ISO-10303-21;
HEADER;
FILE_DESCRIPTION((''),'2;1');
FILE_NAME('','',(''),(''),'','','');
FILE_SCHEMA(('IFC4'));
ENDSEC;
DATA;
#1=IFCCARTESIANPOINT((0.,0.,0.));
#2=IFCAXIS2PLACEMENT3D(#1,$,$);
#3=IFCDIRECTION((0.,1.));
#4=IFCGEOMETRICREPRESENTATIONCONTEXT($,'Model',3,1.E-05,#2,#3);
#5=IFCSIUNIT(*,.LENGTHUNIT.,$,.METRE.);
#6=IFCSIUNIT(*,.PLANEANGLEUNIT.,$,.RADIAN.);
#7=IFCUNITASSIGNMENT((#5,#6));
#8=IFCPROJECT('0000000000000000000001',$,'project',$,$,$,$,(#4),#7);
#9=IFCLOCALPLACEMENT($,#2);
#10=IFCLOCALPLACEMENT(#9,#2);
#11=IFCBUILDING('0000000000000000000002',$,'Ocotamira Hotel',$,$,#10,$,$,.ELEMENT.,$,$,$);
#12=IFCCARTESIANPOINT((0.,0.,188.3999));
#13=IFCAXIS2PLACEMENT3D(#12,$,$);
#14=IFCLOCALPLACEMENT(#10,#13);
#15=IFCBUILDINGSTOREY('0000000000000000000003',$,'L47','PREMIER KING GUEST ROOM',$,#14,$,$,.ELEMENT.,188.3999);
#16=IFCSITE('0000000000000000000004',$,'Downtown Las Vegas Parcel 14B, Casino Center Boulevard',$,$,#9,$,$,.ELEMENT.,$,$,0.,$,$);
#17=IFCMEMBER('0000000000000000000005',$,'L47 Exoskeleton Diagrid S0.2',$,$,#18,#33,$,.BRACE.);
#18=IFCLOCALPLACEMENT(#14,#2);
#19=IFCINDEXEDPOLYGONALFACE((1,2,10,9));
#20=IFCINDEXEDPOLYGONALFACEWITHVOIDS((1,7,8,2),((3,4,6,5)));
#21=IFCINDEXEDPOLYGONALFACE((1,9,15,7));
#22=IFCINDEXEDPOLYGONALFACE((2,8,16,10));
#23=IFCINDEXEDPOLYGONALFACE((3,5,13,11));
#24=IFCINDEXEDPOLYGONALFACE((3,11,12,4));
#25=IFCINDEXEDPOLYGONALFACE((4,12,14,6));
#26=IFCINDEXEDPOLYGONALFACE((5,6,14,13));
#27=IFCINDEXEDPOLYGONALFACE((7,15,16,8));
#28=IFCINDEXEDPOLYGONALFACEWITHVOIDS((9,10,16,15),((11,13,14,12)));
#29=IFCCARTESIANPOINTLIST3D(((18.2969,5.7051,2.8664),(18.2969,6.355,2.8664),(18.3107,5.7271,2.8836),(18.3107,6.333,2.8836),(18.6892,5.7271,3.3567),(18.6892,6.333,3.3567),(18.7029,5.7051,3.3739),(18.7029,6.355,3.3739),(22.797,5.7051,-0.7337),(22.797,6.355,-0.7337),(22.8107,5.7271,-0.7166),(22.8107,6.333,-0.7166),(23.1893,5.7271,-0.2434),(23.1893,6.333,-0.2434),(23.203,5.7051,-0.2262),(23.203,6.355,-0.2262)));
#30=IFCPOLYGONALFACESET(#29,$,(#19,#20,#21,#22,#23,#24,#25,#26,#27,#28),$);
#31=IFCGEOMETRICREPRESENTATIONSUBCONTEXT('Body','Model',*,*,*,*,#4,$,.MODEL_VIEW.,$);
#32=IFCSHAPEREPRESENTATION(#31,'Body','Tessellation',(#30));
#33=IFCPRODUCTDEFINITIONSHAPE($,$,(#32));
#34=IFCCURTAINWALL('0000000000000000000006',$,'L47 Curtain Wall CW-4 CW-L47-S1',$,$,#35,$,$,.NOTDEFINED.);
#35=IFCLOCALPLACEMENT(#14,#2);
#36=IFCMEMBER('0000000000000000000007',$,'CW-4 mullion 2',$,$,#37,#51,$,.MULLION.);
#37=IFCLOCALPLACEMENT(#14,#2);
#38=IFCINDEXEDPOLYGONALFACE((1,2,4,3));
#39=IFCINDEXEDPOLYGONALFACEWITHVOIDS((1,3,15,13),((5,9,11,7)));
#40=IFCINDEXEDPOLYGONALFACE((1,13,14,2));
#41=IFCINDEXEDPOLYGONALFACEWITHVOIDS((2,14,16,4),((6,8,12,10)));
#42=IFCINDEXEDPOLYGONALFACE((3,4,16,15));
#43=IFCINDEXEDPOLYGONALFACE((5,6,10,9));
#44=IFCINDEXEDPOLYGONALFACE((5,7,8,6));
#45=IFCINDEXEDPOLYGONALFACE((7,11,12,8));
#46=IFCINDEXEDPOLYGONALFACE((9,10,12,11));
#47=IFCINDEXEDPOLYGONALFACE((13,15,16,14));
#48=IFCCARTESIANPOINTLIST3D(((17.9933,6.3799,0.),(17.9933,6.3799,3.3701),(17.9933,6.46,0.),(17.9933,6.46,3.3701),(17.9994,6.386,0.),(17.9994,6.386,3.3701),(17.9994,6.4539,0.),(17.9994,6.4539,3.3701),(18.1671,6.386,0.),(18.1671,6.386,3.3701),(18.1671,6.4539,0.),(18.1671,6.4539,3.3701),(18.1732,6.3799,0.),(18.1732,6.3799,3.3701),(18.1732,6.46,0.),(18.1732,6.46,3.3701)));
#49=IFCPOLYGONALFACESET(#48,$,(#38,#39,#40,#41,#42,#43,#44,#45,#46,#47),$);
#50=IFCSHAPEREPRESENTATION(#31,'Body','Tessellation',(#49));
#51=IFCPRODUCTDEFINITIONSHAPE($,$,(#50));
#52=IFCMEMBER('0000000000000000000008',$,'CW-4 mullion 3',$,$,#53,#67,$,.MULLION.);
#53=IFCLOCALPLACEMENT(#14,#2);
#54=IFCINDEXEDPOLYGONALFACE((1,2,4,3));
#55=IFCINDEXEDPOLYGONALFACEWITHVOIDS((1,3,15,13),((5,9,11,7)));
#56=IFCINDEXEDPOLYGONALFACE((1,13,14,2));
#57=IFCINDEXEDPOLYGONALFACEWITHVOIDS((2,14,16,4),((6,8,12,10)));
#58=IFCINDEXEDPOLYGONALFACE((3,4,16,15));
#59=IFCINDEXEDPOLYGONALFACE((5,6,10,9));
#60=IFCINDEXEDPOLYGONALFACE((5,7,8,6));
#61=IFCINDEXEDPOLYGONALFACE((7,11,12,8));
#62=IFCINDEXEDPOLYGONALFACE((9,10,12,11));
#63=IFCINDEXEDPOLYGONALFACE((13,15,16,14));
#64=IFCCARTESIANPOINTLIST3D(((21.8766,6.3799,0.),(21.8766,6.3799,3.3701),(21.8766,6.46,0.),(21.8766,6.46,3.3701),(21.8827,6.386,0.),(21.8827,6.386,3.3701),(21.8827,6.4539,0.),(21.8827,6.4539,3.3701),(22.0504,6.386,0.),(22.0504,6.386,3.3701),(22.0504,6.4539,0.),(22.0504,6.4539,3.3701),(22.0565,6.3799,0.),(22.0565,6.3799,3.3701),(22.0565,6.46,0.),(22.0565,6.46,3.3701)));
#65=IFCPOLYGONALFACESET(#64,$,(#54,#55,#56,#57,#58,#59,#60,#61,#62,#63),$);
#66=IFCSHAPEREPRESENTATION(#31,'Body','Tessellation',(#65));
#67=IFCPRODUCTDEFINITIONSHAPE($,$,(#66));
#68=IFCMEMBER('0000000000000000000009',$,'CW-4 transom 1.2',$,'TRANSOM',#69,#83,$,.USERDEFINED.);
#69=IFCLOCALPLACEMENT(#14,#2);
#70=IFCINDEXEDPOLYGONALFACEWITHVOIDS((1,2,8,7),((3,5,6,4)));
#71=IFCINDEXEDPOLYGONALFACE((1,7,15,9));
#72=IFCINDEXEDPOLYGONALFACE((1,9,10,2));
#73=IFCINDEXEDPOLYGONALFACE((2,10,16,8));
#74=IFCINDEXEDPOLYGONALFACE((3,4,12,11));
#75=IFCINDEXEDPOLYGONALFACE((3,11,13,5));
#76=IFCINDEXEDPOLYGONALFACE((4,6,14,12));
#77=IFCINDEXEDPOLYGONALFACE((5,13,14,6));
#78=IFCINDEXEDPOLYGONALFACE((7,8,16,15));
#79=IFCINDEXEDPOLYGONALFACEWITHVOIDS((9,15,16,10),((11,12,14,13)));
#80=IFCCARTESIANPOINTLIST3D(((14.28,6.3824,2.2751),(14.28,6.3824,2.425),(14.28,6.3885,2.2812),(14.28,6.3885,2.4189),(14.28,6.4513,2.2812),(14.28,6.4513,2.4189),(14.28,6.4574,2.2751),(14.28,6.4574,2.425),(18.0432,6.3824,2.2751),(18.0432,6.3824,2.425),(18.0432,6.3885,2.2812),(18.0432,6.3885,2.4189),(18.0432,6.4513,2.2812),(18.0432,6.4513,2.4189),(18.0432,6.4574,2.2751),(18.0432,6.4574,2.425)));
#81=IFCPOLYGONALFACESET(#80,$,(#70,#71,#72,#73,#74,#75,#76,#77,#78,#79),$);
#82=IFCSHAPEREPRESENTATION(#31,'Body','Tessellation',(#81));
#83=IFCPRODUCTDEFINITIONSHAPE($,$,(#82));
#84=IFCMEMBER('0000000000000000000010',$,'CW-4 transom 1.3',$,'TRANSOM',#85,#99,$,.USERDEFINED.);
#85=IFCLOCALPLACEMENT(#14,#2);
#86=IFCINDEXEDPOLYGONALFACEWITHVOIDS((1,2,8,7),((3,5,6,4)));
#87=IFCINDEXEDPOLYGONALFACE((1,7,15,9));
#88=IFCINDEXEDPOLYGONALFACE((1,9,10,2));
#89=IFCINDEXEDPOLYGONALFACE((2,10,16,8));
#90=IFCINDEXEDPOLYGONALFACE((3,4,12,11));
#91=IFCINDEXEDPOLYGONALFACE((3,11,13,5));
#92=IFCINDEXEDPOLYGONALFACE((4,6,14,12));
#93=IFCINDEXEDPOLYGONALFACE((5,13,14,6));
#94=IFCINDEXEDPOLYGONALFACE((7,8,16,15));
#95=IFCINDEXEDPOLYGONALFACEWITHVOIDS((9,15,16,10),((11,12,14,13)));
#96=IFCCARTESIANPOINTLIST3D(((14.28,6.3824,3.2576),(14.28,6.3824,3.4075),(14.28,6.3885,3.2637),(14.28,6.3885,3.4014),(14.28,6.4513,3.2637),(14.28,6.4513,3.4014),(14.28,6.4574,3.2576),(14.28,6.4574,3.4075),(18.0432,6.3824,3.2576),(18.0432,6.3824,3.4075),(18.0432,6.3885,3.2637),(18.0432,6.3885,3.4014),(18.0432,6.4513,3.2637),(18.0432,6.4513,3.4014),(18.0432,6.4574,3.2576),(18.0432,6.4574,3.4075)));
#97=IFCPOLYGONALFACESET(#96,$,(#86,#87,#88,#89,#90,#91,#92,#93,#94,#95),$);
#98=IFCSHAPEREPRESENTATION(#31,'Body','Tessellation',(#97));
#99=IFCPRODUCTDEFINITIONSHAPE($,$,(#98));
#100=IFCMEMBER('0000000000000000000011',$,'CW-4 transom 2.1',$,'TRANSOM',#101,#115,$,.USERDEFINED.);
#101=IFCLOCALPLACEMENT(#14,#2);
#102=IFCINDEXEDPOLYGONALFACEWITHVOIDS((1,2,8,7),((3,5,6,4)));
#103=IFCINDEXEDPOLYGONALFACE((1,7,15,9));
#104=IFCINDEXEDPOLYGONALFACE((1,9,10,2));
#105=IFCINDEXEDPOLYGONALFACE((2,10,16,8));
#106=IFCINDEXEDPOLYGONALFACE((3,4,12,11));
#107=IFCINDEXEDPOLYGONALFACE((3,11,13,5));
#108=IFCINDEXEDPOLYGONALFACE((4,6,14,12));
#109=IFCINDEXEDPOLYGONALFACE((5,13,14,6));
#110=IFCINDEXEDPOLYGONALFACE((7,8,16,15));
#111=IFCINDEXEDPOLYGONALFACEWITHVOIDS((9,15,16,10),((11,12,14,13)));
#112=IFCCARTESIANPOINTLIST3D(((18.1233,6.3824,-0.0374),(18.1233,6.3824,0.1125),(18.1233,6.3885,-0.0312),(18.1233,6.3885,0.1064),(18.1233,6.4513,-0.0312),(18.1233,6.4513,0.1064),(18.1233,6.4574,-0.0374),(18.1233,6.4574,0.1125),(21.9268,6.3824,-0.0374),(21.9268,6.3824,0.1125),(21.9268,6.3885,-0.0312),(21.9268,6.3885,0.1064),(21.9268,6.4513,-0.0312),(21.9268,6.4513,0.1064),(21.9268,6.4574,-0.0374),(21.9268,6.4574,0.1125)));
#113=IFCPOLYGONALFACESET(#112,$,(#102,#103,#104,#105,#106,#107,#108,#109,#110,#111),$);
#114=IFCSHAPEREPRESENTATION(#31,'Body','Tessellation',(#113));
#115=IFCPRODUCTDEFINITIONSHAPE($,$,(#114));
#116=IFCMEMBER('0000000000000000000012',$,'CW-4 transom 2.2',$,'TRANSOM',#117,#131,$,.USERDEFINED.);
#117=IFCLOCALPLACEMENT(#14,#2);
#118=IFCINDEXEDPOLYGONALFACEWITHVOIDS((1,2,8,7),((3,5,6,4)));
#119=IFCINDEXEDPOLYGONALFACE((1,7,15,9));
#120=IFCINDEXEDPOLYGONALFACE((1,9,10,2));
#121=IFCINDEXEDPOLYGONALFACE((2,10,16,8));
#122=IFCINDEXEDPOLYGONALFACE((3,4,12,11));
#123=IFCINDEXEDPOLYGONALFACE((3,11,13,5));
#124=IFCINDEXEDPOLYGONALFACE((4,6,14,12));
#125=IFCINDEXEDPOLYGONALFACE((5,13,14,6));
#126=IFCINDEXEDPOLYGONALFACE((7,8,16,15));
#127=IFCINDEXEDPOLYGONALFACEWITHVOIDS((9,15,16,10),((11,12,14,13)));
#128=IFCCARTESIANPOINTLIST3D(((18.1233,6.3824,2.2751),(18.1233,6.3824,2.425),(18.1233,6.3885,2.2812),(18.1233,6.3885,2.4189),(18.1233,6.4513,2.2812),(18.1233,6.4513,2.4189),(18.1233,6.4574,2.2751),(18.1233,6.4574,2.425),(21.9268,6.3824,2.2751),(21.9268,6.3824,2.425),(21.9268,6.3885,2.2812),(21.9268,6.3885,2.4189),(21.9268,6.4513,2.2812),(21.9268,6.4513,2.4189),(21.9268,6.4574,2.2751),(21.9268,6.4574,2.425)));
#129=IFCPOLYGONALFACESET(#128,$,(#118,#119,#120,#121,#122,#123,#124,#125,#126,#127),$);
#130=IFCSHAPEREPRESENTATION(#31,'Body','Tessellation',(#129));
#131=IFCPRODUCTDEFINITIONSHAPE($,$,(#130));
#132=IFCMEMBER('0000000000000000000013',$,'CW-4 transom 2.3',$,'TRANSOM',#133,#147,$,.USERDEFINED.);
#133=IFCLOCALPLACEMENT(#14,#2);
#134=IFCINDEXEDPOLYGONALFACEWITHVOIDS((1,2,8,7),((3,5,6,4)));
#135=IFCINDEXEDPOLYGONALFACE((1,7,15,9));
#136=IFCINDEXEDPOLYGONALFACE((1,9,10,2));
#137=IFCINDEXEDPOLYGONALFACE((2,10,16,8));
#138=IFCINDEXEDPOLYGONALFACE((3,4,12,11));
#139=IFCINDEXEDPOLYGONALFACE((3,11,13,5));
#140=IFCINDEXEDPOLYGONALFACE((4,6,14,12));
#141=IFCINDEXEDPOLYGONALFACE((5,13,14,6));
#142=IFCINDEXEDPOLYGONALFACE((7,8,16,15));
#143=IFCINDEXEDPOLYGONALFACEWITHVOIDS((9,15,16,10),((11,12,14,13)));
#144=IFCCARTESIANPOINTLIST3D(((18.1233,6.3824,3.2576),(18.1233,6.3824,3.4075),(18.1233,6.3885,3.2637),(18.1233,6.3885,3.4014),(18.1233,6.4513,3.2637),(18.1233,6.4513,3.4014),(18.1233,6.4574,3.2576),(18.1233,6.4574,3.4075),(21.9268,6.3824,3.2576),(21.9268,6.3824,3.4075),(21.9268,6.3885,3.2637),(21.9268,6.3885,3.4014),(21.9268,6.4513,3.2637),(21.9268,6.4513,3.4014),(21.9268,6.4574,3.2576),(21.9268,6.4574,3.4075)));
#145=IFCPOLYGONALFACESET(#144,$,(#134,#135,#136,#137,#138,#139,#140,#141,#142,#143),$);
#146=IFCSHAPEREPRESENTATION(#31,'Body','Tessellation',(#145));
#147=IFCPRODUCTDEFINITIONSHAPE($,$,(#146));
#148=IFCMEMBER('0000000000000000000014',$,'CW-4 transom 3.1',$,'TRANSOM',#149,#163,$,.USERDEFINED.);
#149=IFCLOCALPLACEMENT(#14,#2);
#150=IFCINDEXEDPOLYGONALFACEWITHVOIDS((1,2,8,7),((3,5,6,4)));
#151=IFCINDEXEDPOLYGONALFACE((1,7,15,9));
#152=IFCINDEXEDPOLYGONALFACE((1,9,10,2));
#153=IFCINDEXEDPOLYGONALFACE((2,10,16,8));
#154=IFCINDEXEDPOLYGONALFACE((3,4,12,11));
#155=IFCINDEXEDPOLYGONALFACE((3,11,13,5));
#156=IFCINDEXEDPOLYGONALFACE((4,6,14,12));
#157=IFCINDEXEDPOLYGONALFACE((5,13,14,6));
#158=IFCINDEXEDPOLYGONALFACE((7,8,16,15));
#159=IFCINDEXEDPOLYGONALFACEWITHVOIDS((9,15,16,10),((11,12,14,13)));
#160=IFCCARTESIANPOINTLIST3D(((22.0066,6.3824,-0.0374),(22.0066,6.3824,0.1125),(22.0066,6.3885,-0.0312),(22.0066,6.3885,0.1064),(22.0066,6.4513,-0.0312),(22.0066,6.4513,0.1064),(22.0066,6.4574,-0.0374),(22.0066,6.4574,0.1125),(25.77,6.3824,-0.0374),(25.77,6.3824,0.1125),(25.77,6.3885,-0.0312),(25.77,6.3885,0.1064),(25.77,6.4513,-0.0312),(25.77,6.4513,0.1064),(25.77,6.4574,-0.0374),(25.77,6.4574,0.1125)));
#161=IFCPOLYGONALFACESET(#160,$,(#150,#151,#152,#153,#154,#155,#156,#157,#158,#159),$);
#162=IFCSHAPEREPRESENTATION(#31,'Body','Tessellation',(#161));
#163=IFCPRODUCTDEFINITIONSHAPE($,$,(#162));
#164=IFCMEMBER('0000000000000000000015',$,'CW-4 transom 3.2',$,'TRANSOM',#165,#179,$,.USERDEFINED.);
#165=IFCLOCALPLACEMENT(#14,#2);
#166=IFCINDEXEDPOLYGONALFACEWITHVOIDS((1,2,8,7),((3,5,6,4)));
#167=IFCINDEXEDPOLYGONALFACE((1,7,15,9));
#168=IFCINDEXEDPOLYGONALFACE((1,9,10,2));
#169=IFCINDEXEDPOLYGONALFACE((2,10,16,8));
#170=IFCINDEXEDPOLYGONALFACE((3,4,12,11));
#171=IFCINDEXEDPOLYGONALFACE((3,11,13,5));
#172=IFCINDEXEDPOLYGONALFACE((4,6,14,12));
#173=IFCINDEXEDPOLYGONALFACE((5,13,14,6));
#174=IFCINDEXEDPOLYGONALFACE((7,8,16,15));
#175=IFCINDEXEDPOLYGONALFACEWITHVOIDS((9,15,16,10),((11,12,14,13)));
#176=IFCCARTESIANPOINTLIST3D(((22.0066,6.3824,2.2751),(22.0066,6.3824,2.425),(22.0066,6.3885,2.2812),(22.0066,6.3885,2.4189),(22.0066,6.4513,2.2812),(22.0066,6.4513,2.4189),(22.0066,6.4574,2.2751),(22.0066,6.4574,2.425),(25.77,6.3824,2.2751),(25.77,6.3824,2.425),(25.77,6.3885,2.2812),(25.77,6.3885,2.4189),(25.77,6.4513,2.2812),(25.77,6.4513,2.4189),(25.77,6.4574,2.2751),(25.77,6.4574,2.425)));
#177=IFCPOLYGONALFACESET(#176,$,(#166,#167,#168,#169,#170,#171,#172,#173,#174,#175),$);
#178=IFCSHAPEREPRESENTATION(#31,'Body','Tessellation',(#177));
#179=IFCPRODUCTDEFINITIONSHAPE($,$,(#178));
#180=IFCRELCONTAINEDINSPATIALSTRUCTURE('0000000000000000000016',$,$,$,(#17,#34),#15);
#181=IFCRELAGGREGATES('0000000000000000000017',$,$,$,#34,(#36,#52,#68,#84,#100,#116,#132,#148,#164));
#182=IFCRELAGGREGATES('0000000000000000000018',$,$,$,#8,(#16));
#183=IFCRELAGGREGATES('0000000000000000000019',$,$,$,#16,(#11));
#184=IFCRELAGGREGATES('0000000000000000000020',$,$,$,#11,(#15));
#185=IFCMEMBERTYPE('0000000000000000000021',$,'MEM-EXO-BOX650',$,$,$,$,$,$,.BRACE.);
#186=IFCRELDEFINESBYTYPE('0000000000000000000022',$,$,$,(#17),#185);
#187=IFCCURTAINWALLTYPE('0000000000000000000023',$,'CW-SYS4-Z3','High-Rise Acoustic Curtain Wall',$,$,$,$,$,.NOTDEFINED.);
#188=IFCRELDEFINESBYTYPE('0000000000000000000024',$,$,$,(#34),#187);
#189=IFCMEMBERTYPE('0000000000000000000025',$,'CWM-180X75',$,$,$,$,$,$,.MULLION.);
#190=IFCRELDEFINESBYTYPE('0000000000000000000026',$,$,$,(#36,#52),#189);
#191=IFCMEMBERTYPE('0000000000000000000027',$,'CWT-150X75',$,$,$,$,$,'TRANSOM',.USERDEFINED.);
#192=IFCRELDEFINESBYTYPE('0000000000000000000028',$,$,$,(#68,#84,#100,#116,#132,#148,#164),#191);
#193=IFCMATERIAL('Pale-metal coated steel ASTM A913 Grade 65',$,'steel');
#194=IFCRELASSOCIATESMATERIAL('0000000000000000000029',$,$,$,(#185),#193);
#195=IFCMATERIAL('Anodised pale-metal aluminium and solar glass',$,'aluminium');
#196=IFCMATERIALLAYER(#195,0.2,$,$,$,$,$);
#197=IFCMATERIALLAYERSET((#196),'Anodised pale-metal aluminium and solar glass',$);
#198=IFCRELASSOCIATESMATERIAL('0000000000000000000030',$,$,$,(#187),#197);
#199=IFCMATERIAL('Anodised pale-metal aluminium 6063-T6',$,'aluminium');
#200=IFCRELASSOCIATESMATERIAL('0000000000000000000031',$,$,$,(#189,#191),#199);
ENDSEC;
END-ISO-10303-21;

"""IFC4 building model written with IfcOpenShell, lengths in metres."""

from ifc_helpers import new_model, si_unit, direction, frame, origin, origin_2d, place, context, subcontext, project, spatial, hollow_rectangle, extrude, source, transform, mapped, material, layer, layer_set, material_profile, profile_set, type_object, element, aggregate, save


model = new_model("IFC4")

# Units and contexts
model_context = context("Model", 3, precision=1e-05, world=origin(), true_north=direction((0.0, 1.0)))
body_context = subcontext(model_context, "Body", "Model", "MODEL_VIEW")
ifc_project = project(units=[si_unit("LENGTHUNIT", "METRE"), si_unit("PLANEANGLEUNIT", "RADIAN")], contexts=[model_context])

# Site, building, storey
site_placement = place(None, origin())
site = spatial("IfcSite", under=ifc_project, at=site_placement, Name="Downtown Las Vegas Parcel 14B, Casino Center Boulevard", CompositionType="ELEMENT", RefElevation=0.0)
building_placement = place(site_placement, origin())
building = spatial("IfcBuilding", under=site, at=building_placement, Name="Ocotamira Hotel", CompositionType="ELEMENT")
storey_placement = place(building_placement, frame((0.0, 0.0, 188.3999)))
storey = spatial("IfcBuildingStorey", under=building, at=storey_placement, Name="L47", Description="PREMIER KING GUEST ROOM", CompositionType="ELEMENT", Elevation=188.3999)

# Member
ifc_material_1 = material(Name="Pale-metal coated steel ASTM A913 Grade 65", Category="steel")
ifc_material_profile_1 = material_profile(ifc_material_1, hollow_rectangle(XDim=0.6499, YDim=0.6499, WallThickness=0.022, at=origin_2d()), Name="BOX650X650X22")
ifc_profile_set_1 = profile_set([ifc_material_profile_1], Name="Pale-metal coated steel ASTM A913 Grade 65")
member_type_1 = type_object("IfcMemberType", Name="MEM-EXO-BOX650", PredefinedType="BRACE", material=ifc_profile_set_1)
shared_shape_1 = source(origin(), body_context, "Body", "SweptSolid", [
    extrude(hollow_rectangle(XDim=0.6499, YDim=0.6499, WallThickness=0.022, at=origin_2d()), origin(), (0.0, 0.0, 1.0), 5.7629),
])
member_1_placement = place(storey_placement, frame((23.0, 6.03, -0.48), z_axis=(-0.780861, 0.0, 0.624705), x_axis=(0.0, -1.0, 0.0)))
element("IfcMember", 1, at=member_1_placement, inside=storey, type_object=member_type_1, Name="L47 Exoskeleton Diagrid S0.2", PredefinedType="BRACE", context=body_context, shape_type="MappedRepresentation", body=[
    mapped(shared_shape_1, transform((0.0, 0.0, 0.0), scale=1.0)),
])

# Curtain wall, members
ifc_material_2 = material(Name="Anodised pale-metal aluminium and solar glass", Category="aluminium")
ifc_layer_1 = layer(ifc_material_2, 0.2)
ifc_layer_set_1 = layer_set([ifc_layer_1], Name="Anodised pale-metal aluminium and solar glass")
curtain_wall_type = type_object("IfcCurtainWallType", Name="CW-SYS4-Z3", Description="High-Rise Acoustic Curtain Wall", PredefinedType="NOTDEFINED", material=ifc_layer_set_1)
curtain_wall_placement = place(storey_placement, origin())
curtain_wall = element("IfcCurtainWall", 2, at=curtain_wall_placement, inside=storey, type_object=curtain_wall_type, Name="L47 Curtain Wall CW-4 CW-L47-S1", PredefinedType="NOTDEFINED")
ifc_material_3 = material(Name="Anodised pale-metal aluminium 6063-T6", Category="aluminium")
ifc_material_profile_2 = material_profile(ifc_material_3, hollow_rectangle(XDim=0.0801, YDim=0.1799, WallThickness=0.0061, at=origin_2d()), Name="HSS180X80X6")
ifc_profile_set_2 = profile_set([ifc_material_profile_2], Name="Anodised pale-metal aluminium 6063-T6")
member_type_2 = type_object("IfcMemberType", Name="CWM-180X75", PredefinedType="MULLION", material=ifc_profile_set_2)
shared_shape_2 = source(origin(), body_context, "Body", "SweptSolid", [
    extrude(hollow_rectangle(XDim=0.0801, YDim=0.1799, WallThickness=0.0061, at=origin_2d()), origin(), (0.0, 0.0, 1.0), 3.3701),
])
member_2_placement = place(storey_placement, frame((18.0833, 6.4199, 0.0), z_axis=(0.0, 0.0, 1.0), x_axis=(0.0, 1.0, 0.0)))
member_2 = element("IfcMember", 3, at=member_2_placement, type_object=member_type_2, Name="CW-4 mullion 2", PredefinedType="MULLION", context=body_context, shape_type="MappedRepresentation", body=[
    mapped(shared_shape_2, transform((0.0, 0.0, 0.0), scale=1.0)),
])
member_3_placement = place(storey_placement, frame((21.9666, 6.4199, 0.0), z_axis=(0.0, 0.0, 1.0), x_axis=(0.0, 1.0, 0.0)))
member_3 = element("IfcMember", 4, at=member_3_placement, type_object=member_type_2, Name="CW-4 mullion 3", PredefinedType="MULLION", context=body_context, shape_type="MappedRepresentation", body=[
    mapped(shared_shape_2, transform((0.0, 0.0, 0.0), scale=1.0)),
])
ifc_material_profile_3 = material_profile(ifc_material_3, hollow_rectangle(XDim=0.075, YDim=0.1499, WallThickness=0.0061, at=origin_2d()), Name="HSS150X75X6")
ifc_profile_set_3 = profile_set([ifc_material_profile_3], Name="Anodised pale-metal aluminium 6063-T6")
member_type_3 = type_object("IfcMemberType", Name="CWT-150X75", ElementType="TRANSOM", PredefinedType="USERDEFINED", material=ifc_profile_set_3)
shared_shape_3 = source(origin(), body_context, "Body", "SweptSolid", [
    extrude(hollow_rectangle(XDim=0.075, YDim=0.1499, WallThickness=0.0061, at=origin_2d()), origin(), (0.0, 0.0, 1.0), 3.7632),
])
member_4_placement = place(storey_placement, frame((14.28, 6.4199, 2.3501), z_axis=(1.0, 0.0, 0.0), x_axis=(0.0, 1.0, 0.0)))
member_4 = element("IfcMember", 5, at=member_4_placement, type_object=member_type_3, Name="CW-4 transom 1.2", ObjectType="TRANSOM", PredefinedType="USERDEFINED", context=body_context, shape_type="MappedRepresentation", body=[
    mapped(shared_shape_3, transform((0.0, 0.0, 0.0), scale=1.0)),
])
member_5_placement = place(storey_placement, frame((14.28, 6.4199, 3.3325), z_axis=(1.0, 0.0, 0.0), x_axis=(0.0, 1.0, 0.0)))
member_5 = element("IfcMember", 6, at=member_5_placement, type_object=member_type_3, Name="CW-4 transom 1.3", ObjectType="TRANSOM", PredefinedType="USERDEFINED", context=body_context, shape_type="MappedRepresentation", body=[
    mapped(shared_shape_3, transform((0.0, 0.0, 0.0), scale=1.0)),
])
shared_shape_4 = source(origin(), body_context, "Body", "SweptSolid", [
    extrude(hollow_rectangle(XDim=0.075, YDim=0.1499, WallThickness=0.0061, at=origin_2d()), origin(), (0.0, 0.0, 1.0), 3.8035),
])
member_6_placement = place(storey_placement, frame((18.1233, 6.4199, 0.0376), z_axis=(1.0, 0.0, 0.0), x_axis=(0.0, 1.0, 0.0)))
member_6 = element("IfcMember", 7, at=member_6_placement, type_object=member_type_3, Name="CW-4 transom 2.1", ObjectType="TRANSOM", PredefinedType="USERDEFINED", context=body_context, shape_type="MappedRepresentation", body=[
    mapped(shared_shape_4, transform((0.0, 0.0, 0.0), scale=1.0)),
])
member_7_placement = place(storey_placement, frame((18.1233, 6.4199, 2.3501), z_axis=(1.0, 0.0, 0.0), x_axis=(0.0, 1.0, 0.0)))
member_7 = element("IfcMember", 8, at=member_7_placement, type_object=member_type_3, Name="CW-4 transom 2.2", ObjectType="TRANSOM", PredefinedType="USERDEFINED", context=body_context, shape_type="MappedRepresentation", body=[
    mapped(shared_shape_4, transform((0.0, 0.0, 0.0), scale=1.0)),
])
member_8_placement = place(storey_placement, frame((18.1233, 6.4199, 3.3325), z_axis=(1.0, 0.0, 0.0), x_axis=(0.0, 1.0, 0.0)))
member_8 = element("IfcMember", 9, at=member_8_placement, type_object=member_type_3, Name="CW-4 transom 2.3", ObjectType="TRANSOM", PredefinedType="USERDEFINED", context=body_context, shape_type="MappedRepresentation", body=[
    mapped(shared_shape_4, transform((0.0, 0.0, 0.0), scale=1.0)),
])
shared_shape_5 = source(origin(), body_context, "Body", "SweptSolid", [
    extrude(hollow_rectangle(XDim=0.075, YDim=0.1499, WallThickness=0.0061, at=origin_2d()), origin(), (0.0, 0.0, 1.0), 3.7634),
])
member_9_placement = place(storey_placement, frame((22.0066, 6.4199, 0.0376), z_axis=(1.0, 0.0, 0.0), x_axis=(0.0, 1.0, 0.0)))
member_9 = element("IfcMember", 10, at=member_9_placement, type_object=member_type_3, Name="CW-4 transom 3.1", ObjectType="TRANSOM", PredefinedType="USERDEFINED", context=body_context, shape_type="MappedRepresentation", body=[
    mapped(shared_shape_5, transform((0.0, 0.0, 0.0), scale=1.0)),
])
member_10_placement = place(storey_placement, frame((22.0066, 6.4199, 2.3501), z_axis=(1.0, 0.0, 0.0), x_axis=(0.0, 1.0, 0.0)))
member_10 = element("IfcMember", 11, at=member_10_placement, type_object=member_type_3, Name="CW-4 transom 3.2", ObjectType="TRANSOM", PredefinedType="USERDEFINED", context=body_context, shape_type="MappedRepresentation", body=[
    mapped(shared_shape_5, transform((0.0, 0.0, 0.0), scale=1.0)),
])

aggregate(curtain_wall, [member_2, member_3, member_4, member_5, member_6, member_7, member_8, member_9, member_10])

save(model, "model.ifc")
